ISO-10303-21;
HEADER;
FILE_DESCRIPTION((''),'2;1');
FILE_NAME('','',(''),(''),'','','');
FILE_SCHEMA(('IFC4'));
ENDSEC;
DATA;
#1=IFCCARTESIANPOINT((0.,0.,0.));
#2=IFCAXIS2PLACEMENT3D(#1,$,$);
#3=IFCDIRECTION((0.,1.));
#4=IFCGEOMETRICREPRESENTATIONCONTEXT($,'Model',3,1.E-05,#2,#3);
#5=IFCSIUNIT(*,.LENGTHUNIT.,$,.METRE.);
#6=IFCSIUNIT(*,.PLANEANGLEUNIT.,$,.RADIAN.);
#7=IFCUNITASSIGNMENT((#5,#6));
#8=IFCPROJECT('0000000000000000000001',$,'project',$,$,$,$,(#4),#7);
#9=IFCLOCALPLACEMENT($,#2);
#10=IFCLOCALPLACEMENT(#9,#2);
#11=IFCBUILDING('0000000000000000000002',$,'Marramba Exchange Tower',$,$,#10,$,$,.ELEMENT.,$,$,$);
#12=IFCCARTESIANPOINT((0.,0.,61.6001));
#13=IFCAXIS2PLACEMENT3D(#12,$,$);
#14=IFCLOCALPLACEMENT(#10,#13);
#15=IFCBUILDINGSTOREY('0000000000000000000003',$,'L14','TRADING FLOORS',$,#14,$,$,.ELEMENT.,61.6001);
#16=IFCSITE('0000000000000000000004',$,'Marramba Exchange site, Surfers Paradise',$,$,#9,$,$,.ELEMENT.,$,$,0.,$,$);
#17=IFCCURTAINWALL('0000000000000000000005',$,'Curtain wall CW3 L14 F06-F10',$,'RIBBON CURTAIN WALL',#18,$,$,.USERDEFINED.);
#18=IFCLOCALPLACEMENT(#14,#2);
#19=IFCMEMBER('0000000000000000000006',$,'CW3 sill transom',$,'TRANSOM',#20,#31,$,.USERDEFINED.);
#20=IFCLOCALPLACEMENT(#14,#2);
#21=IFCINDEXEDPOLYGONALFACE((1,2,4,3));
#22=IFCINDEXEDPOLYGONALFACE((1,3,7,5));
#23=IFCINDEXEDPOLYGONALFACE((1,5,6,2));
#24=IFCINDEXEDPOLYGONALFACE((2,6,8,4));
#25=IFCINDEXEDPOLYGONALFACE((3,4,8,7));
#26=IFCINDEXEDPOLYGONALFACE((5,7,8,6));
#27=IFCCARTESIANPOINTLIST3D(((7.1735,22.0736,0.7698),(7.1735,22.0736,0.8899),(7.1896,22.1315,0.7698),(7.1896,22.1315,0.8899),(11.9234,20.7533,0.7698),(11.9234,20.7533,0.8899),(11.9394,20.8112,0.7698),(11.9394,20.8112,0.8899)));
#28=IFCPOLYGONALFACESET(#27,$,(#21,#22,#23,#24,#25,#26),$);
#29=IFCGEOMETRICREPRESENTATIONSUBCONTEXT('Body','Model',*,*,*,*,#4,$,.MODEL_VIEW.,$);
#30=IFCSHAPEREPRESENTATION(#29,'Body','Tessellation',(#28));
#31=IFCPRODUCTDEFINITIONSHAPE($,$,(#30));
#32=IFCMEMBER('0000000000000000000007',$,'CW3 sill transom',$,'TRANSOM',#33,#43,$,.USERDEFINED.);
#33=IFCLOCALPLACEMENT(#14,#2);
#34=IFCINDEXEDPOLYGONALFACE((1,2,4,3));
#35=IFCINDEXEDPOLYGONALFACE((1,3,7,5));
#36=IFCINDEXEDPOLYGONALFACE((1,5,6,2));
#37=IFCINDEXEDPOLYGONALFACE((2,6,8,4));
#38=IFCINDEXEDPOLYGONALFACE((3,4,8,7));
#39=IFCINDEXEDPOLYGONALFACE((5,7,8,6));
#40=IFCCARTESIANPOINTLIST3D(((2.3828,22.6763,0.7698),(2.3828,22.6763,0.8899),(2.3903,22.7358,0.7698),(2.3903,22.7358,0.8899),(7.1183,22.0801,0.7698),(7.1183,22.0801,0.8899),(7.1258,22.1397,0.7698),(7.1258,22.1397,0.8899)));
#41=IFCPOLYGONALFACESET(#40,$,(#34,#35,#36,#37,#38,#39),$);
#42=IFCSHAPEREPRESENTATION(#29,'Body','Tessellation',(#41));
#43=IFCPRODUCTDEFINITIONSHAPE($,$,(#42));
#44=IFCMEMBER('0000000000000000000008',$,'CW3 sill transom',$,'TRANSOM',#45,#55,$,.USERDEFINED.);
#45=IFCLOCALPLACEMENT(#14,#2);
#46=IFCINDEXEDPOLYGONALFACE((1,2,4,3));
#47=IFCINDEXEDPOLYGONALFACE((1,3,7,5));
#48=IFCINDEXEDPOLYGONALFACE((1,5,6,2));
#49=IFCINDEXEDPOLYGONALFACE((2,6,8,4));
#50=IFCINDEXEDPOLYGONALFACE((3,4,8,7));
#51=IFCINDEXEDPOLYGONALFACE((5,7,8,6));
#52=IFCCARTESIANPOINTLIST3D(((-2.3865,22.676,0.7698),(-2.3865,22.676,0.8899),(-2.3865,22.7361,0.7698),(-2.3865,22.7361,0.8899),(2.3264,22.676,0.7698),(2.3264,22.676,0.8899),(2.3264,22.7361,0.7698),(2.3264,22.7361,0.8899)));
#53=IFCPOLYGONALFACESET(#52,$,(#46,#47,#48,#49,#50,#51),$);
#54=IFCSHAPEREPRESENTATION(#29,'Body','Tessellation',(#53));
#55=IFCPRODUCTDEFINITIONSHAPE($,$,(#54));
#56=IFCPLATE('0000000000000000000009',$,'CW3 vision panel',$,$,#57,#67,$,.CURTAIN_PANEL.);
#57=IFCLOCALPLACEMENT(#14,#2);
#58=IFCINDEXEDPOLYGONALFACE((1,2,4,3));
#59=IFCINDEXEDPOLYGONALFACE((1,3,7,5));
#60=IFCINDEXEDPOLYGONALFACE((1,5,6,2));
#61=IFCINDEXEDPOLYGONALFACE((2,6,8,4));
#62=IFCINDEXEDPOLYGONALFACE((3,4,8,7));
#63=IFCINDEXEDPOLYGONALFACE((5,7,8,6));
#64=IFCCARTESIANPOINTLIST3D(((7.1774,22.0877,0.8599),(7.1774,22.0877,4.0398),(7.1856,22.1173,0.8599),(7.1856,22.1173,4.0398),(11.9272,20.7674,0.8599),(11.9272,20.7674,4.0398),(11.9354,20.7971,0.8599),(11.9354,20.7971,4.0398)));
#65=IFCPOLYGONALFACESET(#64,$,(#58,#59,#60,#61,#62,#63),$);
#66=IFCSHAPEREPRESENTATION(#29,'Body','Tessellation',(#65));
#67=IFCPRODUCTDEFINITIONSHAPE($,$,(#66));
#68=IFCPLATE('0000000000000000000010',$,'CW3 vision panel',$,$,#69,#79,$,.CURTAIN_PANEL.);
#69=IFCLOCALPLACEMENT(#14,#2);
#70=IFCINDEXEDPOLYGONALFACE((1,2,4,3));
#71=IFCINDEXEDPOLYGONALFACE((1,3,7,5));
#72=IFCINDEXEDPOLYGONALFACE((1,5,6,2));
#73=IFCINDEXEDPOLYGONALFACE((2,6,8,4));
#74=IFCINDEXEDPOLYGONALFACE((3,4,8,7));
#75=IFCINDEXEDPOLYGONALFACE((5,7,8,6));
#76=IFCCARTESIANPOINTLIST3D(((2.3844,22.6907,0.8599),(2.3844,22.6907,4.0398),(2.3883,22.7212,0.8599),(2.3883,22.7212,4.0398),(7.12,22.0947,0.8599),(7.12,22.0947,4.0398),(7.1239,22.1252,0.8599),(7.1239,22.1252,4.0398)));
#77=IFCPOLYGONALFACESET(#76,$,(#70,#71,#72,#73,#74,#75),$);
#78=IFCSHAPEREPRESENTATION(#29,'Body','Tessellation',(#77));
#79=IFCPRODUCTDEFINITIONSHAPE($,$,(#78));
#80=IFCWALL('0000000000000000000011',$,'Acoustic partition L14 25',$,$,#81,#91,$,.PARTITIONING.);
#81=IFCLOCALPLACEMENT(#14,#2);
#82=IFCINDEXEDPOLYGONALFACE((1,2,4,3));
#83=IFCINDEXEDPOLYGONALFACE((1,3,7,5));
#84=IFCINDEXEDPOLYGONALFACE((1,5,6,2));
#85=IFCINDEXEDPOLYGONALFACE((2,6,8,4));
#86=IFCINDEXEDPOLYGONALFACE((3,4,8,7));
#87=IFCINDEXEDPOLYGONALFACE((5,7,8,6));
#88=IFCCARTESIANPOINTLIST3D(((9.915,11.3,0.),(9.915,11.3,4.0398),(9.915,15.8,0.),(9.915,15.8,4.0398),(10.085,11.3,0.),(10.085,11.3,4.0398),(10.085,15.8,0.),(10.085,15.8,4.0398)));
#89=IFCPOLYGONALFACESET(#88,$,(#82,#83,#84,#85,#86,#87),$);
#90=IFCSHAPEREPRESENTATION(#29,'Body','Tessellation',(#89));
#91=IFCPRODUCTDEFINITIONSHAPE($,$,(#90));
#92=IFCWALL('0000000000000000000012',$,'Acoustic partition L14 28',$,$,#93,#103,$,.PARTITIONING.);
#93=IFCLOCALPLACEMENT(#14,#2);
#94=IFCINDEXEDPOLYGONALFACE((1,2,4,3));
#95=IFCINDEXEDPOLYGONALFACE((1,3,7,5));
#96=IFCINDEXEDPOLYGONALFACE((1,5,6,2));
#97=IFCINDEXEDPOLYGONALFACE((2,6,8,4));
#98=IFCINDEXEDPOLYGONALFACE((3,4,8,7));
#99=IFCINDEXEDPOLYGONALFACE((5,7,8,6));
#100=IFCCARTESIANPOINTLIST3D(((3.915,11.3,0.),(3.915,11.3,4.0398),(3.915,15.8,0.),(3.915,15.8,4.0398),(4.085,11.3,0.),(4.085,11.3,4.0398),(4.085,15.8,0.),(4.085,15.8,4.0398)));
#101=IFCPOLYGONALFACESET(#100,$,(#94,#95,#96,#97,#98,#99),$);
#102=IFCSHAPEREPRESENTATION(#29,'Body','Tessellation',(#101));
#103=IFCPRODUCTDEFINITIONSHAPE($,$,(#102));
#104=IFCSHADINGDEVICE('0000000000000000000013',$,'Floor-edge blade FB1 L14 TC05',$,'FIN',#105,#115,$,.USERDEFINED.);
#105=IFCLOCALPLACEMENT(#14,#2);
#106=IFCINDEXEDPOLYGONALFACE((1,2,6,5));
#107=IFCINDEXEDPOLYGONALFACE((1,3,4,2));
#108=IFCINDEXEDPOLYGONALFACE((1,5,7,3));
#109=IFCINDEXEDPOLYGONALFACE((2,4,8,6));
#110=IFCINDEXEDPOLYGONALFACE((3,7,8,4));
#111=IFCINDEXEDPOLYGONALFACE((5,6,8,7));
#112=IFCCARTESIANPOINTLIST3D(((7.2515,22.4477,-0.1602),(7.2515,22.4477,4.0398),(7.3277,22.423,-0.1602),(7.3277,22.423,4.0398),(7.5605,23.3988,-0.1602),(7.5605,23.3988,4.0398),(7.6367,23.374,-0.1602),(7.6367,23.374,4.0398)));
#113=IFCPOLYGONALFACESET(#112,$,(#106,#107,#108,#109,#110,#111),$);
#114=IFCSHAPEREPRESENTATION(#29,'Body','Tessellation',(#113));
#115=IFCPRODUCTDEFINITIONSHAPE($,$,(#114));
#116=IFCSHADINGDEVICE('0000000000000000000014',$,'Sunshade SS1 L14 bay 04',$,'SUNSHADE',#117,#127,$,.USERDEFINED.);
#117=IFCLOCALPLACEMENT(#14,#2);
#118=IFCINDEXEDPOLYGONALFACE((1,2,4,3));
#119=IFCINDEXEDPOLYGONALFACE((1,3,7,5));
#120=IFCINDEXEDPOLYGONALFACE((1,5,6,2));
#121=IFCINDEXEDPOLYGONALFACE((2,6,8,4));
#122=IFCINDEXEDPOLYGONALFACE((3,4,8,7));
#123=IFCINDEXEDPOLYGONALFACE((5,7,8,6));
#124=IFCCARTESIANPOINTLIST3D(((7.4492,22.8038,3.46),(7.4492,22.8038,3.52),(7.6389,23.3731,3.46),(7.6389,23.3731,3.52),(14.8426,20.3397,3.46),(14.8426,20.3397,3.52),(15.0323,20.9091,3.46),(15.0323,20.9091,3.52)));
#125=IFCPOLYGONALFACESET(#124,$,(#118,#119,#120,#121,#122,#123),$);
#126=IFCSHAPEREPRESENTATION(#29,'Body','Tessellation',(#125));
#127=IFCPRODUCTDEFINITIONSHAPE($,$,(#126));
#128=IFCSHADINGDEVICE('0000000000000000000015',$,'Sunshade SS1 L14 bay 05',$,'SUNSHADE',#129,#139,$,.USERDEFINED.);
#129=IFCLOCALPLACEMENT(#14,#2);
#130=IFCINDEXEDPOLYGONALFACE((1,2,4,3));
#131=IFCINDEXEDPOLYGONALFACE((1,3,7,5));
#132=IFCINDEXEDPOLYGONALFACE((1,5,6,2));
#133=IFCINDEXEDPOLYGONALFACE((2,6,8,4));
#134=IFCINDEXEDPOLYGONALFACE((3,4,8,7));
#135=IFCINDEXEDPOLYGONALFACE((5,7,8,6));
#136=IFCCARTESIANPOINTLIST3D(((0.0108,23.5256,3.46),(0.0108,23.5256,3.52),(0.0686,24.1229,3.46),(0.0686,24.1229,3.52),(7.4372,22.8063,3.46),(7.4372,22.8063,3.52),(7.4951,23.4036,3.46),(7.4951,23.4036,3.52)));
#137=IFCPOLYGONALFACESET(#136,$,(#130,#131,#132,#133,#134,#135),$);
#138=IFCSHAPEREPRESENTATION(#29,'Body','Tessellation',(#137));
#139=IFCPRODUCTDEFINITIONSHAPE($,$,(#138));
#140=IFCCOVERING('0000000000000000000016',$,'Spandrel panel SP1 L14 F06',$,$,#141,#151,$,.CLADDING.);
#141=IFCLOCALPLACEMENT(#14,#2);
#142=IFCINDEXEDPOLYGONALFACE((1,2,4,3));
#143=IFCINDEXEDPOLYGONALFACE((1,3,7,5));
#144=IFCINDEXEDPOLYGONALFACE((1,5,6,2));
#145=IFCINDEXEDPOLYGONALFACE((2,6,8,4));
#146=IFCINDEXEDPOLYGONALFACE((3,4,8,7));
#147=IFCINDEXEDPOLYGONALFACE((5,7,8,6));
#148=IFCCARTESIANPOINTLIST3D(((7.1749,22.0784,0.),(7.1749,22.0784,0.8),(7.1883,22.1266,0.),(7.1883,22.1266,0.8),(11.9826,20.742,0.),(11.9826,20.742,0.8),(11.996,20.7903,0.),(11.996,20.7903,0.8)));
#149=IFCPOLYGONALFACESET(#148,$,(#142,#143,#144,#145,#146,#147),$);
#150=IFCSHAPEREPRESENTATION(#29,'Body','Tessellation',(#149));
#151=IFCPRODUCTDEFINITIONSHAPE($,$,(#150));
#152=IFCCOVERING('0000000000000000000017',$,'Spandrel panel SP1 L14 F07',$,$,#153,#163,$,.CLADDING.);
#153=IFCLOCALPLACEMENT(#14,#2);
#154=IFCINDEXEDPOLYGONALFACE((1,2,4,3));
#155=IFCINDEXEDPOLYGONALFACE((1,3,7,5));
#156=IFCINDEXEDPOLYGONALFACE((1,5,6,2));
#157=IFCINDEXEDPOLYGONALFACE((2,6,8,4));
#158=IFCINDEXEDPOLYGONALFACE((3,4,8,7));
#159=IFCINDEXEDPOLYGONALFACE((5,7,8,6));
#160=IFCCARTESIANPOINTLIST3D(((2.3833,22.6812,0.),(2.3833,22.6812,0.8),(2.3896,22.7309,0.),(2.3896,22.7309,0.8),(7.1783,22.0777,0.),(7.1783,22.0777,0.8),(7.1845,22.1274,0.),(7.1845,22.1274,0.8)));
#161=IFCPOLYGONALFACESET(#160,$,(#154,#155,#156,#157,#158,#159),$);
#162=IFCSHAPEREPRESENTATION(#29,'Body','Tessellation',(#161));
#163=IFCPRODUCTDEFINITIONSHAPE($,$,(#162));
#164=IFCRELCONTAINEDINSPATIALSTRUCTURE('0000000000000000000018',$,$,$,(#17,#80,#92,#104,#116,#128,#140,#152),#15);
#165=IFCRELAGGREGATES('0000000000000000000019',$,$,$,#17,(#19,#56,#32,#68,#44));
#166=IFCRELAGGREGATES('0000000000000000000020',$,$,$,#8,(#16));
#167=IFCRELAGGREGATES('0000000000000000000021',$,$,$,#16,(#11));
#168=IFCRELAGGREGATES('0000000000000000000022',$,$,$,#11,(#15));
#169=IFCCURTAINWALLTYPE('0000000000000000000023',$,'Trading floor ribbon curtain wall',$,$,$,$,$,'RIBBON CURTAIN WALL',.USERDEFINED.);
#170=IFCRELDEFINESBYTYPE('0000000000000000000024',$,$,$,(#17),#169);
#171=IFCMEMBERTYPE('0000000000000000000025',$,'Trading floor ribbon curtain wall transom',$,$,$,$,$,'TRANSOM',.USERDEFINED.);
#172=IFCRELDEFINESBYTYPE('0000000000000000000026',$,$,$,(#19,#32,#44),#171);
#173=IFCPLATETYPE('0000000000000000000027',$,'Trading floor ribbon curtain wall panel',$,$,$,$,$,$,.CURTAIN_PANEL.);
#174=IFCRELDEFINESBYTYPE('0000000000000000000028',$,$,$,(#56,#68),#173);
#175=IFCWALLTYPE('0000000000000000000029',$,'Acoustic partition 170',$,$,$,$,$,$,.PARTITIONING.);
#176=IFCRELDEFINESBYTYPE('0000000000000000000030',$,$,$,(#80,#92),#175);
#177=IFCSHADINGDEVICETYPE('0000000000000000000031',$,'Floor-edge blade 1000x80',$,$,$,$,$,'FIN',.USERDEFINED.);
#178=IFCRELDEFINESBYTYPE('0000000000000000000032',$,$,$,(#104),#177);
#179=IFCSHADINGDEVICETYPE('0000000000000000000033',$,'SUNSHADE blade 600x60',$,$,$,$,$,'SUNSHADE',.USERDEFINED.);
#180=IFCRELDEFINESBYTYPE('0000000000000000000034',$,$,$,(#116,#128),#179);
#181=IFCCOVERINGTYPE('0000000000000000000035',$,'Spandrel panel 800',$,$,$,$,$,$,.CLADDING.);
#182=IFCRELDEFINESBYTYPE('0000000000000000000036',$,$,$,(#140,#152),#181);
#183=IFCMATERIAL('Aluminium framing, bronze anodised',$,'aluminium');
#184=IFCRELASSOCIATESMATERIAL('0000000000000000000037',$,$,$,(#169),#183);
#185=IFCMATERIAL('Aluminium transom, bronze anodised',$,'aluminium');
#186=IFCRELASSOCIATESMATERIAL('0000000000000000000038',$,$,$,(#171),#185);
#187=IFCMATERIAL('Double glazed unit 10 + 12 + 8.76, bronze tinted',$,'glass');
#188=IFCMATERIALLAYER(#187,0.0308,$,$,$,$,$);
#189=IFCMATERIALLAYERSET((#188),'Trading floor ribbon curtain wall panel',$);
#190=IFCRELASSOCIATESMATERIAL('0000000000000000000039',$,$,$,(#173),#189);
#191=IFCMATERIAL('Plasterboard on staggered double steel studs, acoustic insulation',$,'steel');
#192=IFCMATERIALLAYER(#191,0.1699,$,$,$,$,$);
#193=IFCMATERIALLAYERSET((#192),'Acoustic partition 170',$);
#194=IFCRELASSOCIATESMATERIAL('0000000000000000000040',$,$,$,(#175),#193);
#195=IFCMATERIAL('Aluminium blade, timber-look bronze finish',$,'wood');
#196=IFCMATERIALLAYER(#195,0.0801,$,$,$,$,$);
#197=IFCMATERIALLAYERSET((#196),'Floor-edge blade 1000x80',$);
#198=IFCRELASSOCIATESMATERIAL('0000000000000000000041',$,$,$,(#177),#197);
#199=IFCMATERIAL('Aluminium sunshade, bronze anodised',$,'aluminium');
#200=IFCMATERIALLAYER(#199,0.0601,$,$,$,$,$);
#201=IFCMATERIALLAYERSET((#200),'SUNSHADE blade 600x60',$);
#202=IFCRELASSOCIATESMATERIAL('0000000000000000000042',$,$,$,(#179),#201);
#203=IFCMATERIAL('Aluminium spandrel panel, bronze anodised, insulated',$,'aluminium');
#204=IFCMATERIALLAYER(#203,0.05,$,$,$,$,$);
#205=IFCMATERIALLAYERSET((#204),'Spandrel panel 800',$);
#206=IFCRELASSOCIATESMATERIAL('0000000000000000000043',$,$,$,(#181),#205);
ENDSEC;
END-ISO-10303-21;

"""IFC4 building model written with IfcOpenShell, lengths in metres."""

from ifc_helpers import new_model, si_unit, direction, frame, frame_2d, origin, origin_2d, place, context, subcontext, project, spatial, rectangle, extrude, material, layer, layer_set, material_profile, profile_set, type_object, element, aggregate, save


model = new_model("IFC4")

# Units and contexts
model_context = context("Model", 3, precision=1e-05, world=origin(), true_north=direction((0.0, 1.0)))
body_context = subcontext(model_context, "Body", "Model", "MODEL_VIEW")
ifc_project = project(units=[si_unit("LENGTHUNIT", "METRE"), si_unit("PLANEANGLEUNIT", "RADIAN")], contexts=[model_context])

# Site, building, storey
site_placement = place(None, origin())
site = spatial("IfcSite", under=ifc_project, at=site_placement, Name="Marramba Exchange site, Surfers Paradise", CompositionType="ELEMENT", RefElevation=0.0)
building_placement = place(site_placement, origin())
building = spatial("IfcBuilding", under=site, at=building_placement, Name="Marramba Exchange Tower", CompositionType="ELEMENT")
storey_placement = place(building_placement, frame((0.0, 0.0, 61.6001)))
storey = spatial("IfcBuildingStorey", under=building, at=storey_placement, Name="L14", Description="TRADING FLOORS", CompositionType="ELEMENT", Elevation=61.6001)

# Curtain wall, members, plates
ifc_material_1 = material(Name="Aluminium framing, bronze anodised", Category="aluminium")
curtain_wall_type = type_object("IfcCurtainWallType", Name="Trading floor ribbon curtain wall", ElementType="RIBBON CURTAIN WALL", PredefinedType="USERDEFINED", material=ifc_material_1)
curtain_wall_placement = place(storey_placement, origin())
curtain_wall = element("IfcCurtainWall", 1, at=curtain_wall_placement, inside=storey, type_object=curtain_wall_type, Name="Curtain wall CW3 L14 F06-F10", ObjectType="RIBBON CURTAIN WALL", PredefinedType="USERDEFINED")
ifc_material_2 = material(Name="Aluminium transom, bronze anodised", Category="aluminium")
ifc_material_profile_1 = material_profile(ifc_material_2, rectangle(XDim=0.0601, YDim=0.1201, at=origin_2d()), Name="CW3 transom 60x120")
ifc_profile_set_1 = profile_set([ifc_material_profile_1], Name="Aluminium transom, bronze anodised")
member_type_1 = type_object("IfcMemberType", Name="Trading floor ribbon curtain wall transom", ElementType="TRANSOM", PredefinedType="USERDEFINED", material=ifc_profile_set_1)
member_1_placement = place(storey_placement, frame((11.9314, 20.7822, 0.8298), z_axis=(-0.963469, 0.26782, 0.0), x_axis=(-0.26782, -0.963469, 0.0)))
member_1 = element("IfcMember", 2, at=member_1_placement, type_object=member_type_1, Name="CW3 sill transom", ObjectType="TRANSOM", PredefinedType="USERDEFINED", context=body_context, shape_type="SweptSolid", body=[
    extrude(rectangle(XDim=0.0601, YDim=0.1201, at=origin_2d()), origin(), (0.0, 0.0, 1.0), 4.9299),
])
member_2_placement = place(storey_placement, frame((7.1221, 22.1099, 0.8298), z_axis=(-0.992168, 0.12491, 0.0), x_axis=(-0.12491, -0.992168, 0.0)))
member_2 = element("IfcMember", 3, at=member_2_placement, type_object=member_type_1, Name="CW3 sill transom", ObjectType="TRANSOM", PredefinedType="USERDEFINED", context=body_context, shape_type="SweptSolid", body=[
    extrude(rectangle(XDim=0.0601, YDim=0.1201, at=origin_2d()), origin(), (0.0, 0.0, 1.0), 4.7729),
])
member_3_placement = place(storey_placement, frame((2.3264, 22.7061, 0.8298), z_axis=(-1.0, 0.0, 0.0), x_axis=(0.0, -1.0, 0.0)))
member_3 = element("IfcMember", 4, at=member_3_placement, type_object=member_type_1, Name="CW3 sill transom", ObjectType="TRANSOM", PredefinedType="USERDEFINED", context=body_context, shape_type="SweptSolid", body=[
    extrude(rectangle(XDim=0.0601, YDim=0.1201, at=origin_2d()), origin(), (0.0, 0.0, 1.0), 4.7129),
])
ifc_material_3 = material(Name="Double glazed unit 10 + 12 + 8.76, bronze tinted", Category="glass")
ifc_layer_1 = layer(ifc_material_3, 0.0308)
ifc_layer_set_1 = layer_set([ifc_layer_1], Name="Trading floor ribbon curtain wall panel")
plate_type = type_object("IfcPlateType", Name="Trading floor ribbon curtain wall panel", PredefinedType="CURTAIN_PANEL", material=ifc_layer_set_1)
plate_1_placement = place(storey_placement, frame((9.5564, 21.4424, 0.8599), z_axis=(0.0, 0.0, 1.0), x_axis=(-0.963472, 0.267809, 0.0)))
plate_1 = element("IfcPlate", 5, at=plate_1_placement, type_object=plate_type, Name="CW3 vision panel", PredefinedType="CURTAIN_PANEL", context=body_context, shape_type="SweptSolid", body=[
    extrude(rectangle(XDim=4.9299, YDim=0.0308, at=origin_2d()), origin(), (0.0, 0.0, 1.0), 3.1799),
])
plate_2_placement = place(storey_placement, frame((4.7542, 22.408, 0.8599), z_axis=(0.0, 0.0, 1.0), x_axis=(-0.992173, 0.124873, 0.0)))
plate_2 = element("IfcPlate", 6, at=plate_2_placement, type_object=plate_type, Name="CW3 vision panel", PredefinedType="CURTAIN_PANEL", context=body_context, shape_type="SweptSolid", body=[
    extrude(rectangle(XDim=4.7729, YDim=0.0308, at=origin_2d()), origin(), (0.0, 0.0, 1.0), 3.1799),
])
aggregate(curtain_wall, [member_1, plate_1, member_2, plate_2, member_3])

# Walls
ifc_material_4 = material(Name="Plasterboard on staggered double steel studs, acoustic insulation", Category="steel")
ifc_layer_2 = layer(ifc_material_4, 0.1699)
ifc_layer_set_2 = layer_set([ifc_layer_2], Name="Acoustic partition 170")
wall_type = type_object("IfcWallType", Name="Acoustic partition 170", PredefinedType="PARTITIONING", material=ifc_layer_set_2)
for number, where, z_axis, x_axis, name in (
    (7, (10.0, 15.8, 0.0), (0.0, 0.0, 1.0), (0.0, -1.0, 0.0), "Acoustic partition L14 25"),
    (8, (4.0, 15.8, 0.0), (0.0, 0.0, 1.0), (0.0, -1.0, 0.0), "Acoustic partition L14 28"),
):
    element("IfcWall", number, at=place(storey_placement, frame(where, z_axis=z_axis, x_axis=x_axis)), inside=storey, type_object=wall_type, Name=name, PredefinedType="PARTITIONING", context=body_context, shape_type="SweptSolid", body=[
        extrude(rectangle(XDim=4.5, YDim=0.1699, at=frame_2d((2.25, 0.0))), origin(), (0.0, 0.0, 1.0), 4.0398),
    ])

# Shading devices
ifc_material_5 = material(Name="Aluminium blade, timber-look bronze finish", Category="wood")
ifc_layer_3 = layer(ifc_material_5, 0.0801)
ifc_layer_set_3 = layer_set([ifc_layer_3], Name="Floor-edge blade 1000x80")
shading_device_type_1 = type_object("IfcShadingDeviceType", Name="Floor-edge blade 1000x80", ElementType="FIN", PredefinedType="USERDEFINED", material=ifc_layer_set_3)
shading_device_1_placement = place(storey_placement, frame((7.4441, 22.9109, -0.1602), z_axis=(0.0, 0.0, 1.0), x_axis=(0.309017, 0.951057, 0.0)))
element("IfcShadingDevice", 9, at=shading_device_1_placement, inside=storey, type_object=shading_device_type_1, Name="Floor-edge blade FB1 L14 TC05", ObjectType="FIN", PredefinedType="USERDEFINED", context=body_context, shape_type="SweptSolid", body=[
    extrude(rectangle(XDim=1.0, YDim=0.0801, at=origin_2d()), origin(), (0.0, 0.0, 1.0), 4.2),
])
ifc_material_6 = material(Name="Aluminium sunshade, bronze anodised", Category="aluminium")
ifc_layer_4 = layer(ifc_material_6, 0.0601)
ifc_layer_set_4 = layer_set([ifc_layer_4], Name="SUNSHADE blade 600x60")
shading_device_type_2 = type_object("IfcShadingDeviceType", Name="SUNSHADE blade 600x60", ElementType="SUNSHADE", PredefinedType="USERDEFINED", material=ifc_layer_set_4)
shading_device_2_placement = place(storey_placement, frame((11.2407, 21.8564, 3.46), z_axis=(0.0, 0.0, 1.0), x_axis=(-0.948698, 0.316184, 0.0)))
element("IfcShadingDevice", 10, at=shading_device_2_placement, inside=storey, type_object=shading_device_type_2, Name="Sunshade SS1 L14 bay 04", ObjectType="SUNSHADE", PredefinedType="USERDEFINED", context=body_context, shape_type="SweptSolid", body=[
    extrude(rectangle(XDim=7.7932, YDim=0.6001, at=origin_2d()), origin(), (0.0, 0.0, 1.0), 0.0601),
])
shading_device_3_placement = place(storey_placement, frame((3.7529, 23.4646, 3.46), z_axis=(0.0, 0.0, 1.0), x_axis=(-0.995343, 0.096398, 0.0)))
element("IfcShadingDevice", 11, at=shading_device_3_placement, inside=storey, type_object=shading_device_type_2, Name="Sunshade SS1 L14 bay 05", ObjectType="SUNSHADE", PredefinedType="USERDEFINED", context=body_context, shape_type="SweptSolid", body=[
    extrude(rectangle(XDim=7.4612, YDim=0.6001, at=origin_2d()), origin(), (0.0, 0.0, 1.0), 0.0601),
])

# Coverings
ifc_material_7 = material(Name="Aluminium spandrel panel, bronze anodised, insulated", Category="aluminium")
ifc_layer_5 = layer(ifc_material_7, 0.05)
ifc_layer_set_5 = layer_set([ifc_layer_5], Name="Spandrel panel 800")
covering_type = type_object("IfcCoveringType", Name="Spandrel panel 800", PredefinedType="CLADDING", material=ifc_layer_set_5)
covering_1_placement = place(storey_placement, frame((9.5854, 21.4343, 0.0), z_axis=(0.0, 0.0, 1.0), x_axis=(-0.963472, 0.267809, 0.0)))
element("IfcCovering", 12, at=covering_1_placement, inside=storey, type_object=covering_type, Name="Spandrel panel SP1 L14 F06", PredefinedType="CLADDING", context=body_context, shape_type="SweptSolid", body=[
    extrude(rectangle(XDim=4.99, YDim=0.05, at=origin_2d()), origin(), (0.0, 0.0, 1.0), 0.8),
])
covering_2_placement = place(storey_placement, frame((4.7839, 22.4043, 0.0), z_axis=(0.0, 0.0, 1.0), x_axis=(-0.992173, 0.124873, 0.0)))
element("IfcCovering", 13, at=covering_2_placement, inside=storey, type_object=covering_type, Name="Spandrel panel SP1 L14 F07", PredefinedType="CLADDING", context=body_context, shape_type="SweptSolid", body=[
    extrude(rectangle(XDim=4.8328, YDim=0.05, at=origin_2d()), origin(), (0.0, 0.0, 1.0), 0.8),
])

save(model, "model.ifc")
